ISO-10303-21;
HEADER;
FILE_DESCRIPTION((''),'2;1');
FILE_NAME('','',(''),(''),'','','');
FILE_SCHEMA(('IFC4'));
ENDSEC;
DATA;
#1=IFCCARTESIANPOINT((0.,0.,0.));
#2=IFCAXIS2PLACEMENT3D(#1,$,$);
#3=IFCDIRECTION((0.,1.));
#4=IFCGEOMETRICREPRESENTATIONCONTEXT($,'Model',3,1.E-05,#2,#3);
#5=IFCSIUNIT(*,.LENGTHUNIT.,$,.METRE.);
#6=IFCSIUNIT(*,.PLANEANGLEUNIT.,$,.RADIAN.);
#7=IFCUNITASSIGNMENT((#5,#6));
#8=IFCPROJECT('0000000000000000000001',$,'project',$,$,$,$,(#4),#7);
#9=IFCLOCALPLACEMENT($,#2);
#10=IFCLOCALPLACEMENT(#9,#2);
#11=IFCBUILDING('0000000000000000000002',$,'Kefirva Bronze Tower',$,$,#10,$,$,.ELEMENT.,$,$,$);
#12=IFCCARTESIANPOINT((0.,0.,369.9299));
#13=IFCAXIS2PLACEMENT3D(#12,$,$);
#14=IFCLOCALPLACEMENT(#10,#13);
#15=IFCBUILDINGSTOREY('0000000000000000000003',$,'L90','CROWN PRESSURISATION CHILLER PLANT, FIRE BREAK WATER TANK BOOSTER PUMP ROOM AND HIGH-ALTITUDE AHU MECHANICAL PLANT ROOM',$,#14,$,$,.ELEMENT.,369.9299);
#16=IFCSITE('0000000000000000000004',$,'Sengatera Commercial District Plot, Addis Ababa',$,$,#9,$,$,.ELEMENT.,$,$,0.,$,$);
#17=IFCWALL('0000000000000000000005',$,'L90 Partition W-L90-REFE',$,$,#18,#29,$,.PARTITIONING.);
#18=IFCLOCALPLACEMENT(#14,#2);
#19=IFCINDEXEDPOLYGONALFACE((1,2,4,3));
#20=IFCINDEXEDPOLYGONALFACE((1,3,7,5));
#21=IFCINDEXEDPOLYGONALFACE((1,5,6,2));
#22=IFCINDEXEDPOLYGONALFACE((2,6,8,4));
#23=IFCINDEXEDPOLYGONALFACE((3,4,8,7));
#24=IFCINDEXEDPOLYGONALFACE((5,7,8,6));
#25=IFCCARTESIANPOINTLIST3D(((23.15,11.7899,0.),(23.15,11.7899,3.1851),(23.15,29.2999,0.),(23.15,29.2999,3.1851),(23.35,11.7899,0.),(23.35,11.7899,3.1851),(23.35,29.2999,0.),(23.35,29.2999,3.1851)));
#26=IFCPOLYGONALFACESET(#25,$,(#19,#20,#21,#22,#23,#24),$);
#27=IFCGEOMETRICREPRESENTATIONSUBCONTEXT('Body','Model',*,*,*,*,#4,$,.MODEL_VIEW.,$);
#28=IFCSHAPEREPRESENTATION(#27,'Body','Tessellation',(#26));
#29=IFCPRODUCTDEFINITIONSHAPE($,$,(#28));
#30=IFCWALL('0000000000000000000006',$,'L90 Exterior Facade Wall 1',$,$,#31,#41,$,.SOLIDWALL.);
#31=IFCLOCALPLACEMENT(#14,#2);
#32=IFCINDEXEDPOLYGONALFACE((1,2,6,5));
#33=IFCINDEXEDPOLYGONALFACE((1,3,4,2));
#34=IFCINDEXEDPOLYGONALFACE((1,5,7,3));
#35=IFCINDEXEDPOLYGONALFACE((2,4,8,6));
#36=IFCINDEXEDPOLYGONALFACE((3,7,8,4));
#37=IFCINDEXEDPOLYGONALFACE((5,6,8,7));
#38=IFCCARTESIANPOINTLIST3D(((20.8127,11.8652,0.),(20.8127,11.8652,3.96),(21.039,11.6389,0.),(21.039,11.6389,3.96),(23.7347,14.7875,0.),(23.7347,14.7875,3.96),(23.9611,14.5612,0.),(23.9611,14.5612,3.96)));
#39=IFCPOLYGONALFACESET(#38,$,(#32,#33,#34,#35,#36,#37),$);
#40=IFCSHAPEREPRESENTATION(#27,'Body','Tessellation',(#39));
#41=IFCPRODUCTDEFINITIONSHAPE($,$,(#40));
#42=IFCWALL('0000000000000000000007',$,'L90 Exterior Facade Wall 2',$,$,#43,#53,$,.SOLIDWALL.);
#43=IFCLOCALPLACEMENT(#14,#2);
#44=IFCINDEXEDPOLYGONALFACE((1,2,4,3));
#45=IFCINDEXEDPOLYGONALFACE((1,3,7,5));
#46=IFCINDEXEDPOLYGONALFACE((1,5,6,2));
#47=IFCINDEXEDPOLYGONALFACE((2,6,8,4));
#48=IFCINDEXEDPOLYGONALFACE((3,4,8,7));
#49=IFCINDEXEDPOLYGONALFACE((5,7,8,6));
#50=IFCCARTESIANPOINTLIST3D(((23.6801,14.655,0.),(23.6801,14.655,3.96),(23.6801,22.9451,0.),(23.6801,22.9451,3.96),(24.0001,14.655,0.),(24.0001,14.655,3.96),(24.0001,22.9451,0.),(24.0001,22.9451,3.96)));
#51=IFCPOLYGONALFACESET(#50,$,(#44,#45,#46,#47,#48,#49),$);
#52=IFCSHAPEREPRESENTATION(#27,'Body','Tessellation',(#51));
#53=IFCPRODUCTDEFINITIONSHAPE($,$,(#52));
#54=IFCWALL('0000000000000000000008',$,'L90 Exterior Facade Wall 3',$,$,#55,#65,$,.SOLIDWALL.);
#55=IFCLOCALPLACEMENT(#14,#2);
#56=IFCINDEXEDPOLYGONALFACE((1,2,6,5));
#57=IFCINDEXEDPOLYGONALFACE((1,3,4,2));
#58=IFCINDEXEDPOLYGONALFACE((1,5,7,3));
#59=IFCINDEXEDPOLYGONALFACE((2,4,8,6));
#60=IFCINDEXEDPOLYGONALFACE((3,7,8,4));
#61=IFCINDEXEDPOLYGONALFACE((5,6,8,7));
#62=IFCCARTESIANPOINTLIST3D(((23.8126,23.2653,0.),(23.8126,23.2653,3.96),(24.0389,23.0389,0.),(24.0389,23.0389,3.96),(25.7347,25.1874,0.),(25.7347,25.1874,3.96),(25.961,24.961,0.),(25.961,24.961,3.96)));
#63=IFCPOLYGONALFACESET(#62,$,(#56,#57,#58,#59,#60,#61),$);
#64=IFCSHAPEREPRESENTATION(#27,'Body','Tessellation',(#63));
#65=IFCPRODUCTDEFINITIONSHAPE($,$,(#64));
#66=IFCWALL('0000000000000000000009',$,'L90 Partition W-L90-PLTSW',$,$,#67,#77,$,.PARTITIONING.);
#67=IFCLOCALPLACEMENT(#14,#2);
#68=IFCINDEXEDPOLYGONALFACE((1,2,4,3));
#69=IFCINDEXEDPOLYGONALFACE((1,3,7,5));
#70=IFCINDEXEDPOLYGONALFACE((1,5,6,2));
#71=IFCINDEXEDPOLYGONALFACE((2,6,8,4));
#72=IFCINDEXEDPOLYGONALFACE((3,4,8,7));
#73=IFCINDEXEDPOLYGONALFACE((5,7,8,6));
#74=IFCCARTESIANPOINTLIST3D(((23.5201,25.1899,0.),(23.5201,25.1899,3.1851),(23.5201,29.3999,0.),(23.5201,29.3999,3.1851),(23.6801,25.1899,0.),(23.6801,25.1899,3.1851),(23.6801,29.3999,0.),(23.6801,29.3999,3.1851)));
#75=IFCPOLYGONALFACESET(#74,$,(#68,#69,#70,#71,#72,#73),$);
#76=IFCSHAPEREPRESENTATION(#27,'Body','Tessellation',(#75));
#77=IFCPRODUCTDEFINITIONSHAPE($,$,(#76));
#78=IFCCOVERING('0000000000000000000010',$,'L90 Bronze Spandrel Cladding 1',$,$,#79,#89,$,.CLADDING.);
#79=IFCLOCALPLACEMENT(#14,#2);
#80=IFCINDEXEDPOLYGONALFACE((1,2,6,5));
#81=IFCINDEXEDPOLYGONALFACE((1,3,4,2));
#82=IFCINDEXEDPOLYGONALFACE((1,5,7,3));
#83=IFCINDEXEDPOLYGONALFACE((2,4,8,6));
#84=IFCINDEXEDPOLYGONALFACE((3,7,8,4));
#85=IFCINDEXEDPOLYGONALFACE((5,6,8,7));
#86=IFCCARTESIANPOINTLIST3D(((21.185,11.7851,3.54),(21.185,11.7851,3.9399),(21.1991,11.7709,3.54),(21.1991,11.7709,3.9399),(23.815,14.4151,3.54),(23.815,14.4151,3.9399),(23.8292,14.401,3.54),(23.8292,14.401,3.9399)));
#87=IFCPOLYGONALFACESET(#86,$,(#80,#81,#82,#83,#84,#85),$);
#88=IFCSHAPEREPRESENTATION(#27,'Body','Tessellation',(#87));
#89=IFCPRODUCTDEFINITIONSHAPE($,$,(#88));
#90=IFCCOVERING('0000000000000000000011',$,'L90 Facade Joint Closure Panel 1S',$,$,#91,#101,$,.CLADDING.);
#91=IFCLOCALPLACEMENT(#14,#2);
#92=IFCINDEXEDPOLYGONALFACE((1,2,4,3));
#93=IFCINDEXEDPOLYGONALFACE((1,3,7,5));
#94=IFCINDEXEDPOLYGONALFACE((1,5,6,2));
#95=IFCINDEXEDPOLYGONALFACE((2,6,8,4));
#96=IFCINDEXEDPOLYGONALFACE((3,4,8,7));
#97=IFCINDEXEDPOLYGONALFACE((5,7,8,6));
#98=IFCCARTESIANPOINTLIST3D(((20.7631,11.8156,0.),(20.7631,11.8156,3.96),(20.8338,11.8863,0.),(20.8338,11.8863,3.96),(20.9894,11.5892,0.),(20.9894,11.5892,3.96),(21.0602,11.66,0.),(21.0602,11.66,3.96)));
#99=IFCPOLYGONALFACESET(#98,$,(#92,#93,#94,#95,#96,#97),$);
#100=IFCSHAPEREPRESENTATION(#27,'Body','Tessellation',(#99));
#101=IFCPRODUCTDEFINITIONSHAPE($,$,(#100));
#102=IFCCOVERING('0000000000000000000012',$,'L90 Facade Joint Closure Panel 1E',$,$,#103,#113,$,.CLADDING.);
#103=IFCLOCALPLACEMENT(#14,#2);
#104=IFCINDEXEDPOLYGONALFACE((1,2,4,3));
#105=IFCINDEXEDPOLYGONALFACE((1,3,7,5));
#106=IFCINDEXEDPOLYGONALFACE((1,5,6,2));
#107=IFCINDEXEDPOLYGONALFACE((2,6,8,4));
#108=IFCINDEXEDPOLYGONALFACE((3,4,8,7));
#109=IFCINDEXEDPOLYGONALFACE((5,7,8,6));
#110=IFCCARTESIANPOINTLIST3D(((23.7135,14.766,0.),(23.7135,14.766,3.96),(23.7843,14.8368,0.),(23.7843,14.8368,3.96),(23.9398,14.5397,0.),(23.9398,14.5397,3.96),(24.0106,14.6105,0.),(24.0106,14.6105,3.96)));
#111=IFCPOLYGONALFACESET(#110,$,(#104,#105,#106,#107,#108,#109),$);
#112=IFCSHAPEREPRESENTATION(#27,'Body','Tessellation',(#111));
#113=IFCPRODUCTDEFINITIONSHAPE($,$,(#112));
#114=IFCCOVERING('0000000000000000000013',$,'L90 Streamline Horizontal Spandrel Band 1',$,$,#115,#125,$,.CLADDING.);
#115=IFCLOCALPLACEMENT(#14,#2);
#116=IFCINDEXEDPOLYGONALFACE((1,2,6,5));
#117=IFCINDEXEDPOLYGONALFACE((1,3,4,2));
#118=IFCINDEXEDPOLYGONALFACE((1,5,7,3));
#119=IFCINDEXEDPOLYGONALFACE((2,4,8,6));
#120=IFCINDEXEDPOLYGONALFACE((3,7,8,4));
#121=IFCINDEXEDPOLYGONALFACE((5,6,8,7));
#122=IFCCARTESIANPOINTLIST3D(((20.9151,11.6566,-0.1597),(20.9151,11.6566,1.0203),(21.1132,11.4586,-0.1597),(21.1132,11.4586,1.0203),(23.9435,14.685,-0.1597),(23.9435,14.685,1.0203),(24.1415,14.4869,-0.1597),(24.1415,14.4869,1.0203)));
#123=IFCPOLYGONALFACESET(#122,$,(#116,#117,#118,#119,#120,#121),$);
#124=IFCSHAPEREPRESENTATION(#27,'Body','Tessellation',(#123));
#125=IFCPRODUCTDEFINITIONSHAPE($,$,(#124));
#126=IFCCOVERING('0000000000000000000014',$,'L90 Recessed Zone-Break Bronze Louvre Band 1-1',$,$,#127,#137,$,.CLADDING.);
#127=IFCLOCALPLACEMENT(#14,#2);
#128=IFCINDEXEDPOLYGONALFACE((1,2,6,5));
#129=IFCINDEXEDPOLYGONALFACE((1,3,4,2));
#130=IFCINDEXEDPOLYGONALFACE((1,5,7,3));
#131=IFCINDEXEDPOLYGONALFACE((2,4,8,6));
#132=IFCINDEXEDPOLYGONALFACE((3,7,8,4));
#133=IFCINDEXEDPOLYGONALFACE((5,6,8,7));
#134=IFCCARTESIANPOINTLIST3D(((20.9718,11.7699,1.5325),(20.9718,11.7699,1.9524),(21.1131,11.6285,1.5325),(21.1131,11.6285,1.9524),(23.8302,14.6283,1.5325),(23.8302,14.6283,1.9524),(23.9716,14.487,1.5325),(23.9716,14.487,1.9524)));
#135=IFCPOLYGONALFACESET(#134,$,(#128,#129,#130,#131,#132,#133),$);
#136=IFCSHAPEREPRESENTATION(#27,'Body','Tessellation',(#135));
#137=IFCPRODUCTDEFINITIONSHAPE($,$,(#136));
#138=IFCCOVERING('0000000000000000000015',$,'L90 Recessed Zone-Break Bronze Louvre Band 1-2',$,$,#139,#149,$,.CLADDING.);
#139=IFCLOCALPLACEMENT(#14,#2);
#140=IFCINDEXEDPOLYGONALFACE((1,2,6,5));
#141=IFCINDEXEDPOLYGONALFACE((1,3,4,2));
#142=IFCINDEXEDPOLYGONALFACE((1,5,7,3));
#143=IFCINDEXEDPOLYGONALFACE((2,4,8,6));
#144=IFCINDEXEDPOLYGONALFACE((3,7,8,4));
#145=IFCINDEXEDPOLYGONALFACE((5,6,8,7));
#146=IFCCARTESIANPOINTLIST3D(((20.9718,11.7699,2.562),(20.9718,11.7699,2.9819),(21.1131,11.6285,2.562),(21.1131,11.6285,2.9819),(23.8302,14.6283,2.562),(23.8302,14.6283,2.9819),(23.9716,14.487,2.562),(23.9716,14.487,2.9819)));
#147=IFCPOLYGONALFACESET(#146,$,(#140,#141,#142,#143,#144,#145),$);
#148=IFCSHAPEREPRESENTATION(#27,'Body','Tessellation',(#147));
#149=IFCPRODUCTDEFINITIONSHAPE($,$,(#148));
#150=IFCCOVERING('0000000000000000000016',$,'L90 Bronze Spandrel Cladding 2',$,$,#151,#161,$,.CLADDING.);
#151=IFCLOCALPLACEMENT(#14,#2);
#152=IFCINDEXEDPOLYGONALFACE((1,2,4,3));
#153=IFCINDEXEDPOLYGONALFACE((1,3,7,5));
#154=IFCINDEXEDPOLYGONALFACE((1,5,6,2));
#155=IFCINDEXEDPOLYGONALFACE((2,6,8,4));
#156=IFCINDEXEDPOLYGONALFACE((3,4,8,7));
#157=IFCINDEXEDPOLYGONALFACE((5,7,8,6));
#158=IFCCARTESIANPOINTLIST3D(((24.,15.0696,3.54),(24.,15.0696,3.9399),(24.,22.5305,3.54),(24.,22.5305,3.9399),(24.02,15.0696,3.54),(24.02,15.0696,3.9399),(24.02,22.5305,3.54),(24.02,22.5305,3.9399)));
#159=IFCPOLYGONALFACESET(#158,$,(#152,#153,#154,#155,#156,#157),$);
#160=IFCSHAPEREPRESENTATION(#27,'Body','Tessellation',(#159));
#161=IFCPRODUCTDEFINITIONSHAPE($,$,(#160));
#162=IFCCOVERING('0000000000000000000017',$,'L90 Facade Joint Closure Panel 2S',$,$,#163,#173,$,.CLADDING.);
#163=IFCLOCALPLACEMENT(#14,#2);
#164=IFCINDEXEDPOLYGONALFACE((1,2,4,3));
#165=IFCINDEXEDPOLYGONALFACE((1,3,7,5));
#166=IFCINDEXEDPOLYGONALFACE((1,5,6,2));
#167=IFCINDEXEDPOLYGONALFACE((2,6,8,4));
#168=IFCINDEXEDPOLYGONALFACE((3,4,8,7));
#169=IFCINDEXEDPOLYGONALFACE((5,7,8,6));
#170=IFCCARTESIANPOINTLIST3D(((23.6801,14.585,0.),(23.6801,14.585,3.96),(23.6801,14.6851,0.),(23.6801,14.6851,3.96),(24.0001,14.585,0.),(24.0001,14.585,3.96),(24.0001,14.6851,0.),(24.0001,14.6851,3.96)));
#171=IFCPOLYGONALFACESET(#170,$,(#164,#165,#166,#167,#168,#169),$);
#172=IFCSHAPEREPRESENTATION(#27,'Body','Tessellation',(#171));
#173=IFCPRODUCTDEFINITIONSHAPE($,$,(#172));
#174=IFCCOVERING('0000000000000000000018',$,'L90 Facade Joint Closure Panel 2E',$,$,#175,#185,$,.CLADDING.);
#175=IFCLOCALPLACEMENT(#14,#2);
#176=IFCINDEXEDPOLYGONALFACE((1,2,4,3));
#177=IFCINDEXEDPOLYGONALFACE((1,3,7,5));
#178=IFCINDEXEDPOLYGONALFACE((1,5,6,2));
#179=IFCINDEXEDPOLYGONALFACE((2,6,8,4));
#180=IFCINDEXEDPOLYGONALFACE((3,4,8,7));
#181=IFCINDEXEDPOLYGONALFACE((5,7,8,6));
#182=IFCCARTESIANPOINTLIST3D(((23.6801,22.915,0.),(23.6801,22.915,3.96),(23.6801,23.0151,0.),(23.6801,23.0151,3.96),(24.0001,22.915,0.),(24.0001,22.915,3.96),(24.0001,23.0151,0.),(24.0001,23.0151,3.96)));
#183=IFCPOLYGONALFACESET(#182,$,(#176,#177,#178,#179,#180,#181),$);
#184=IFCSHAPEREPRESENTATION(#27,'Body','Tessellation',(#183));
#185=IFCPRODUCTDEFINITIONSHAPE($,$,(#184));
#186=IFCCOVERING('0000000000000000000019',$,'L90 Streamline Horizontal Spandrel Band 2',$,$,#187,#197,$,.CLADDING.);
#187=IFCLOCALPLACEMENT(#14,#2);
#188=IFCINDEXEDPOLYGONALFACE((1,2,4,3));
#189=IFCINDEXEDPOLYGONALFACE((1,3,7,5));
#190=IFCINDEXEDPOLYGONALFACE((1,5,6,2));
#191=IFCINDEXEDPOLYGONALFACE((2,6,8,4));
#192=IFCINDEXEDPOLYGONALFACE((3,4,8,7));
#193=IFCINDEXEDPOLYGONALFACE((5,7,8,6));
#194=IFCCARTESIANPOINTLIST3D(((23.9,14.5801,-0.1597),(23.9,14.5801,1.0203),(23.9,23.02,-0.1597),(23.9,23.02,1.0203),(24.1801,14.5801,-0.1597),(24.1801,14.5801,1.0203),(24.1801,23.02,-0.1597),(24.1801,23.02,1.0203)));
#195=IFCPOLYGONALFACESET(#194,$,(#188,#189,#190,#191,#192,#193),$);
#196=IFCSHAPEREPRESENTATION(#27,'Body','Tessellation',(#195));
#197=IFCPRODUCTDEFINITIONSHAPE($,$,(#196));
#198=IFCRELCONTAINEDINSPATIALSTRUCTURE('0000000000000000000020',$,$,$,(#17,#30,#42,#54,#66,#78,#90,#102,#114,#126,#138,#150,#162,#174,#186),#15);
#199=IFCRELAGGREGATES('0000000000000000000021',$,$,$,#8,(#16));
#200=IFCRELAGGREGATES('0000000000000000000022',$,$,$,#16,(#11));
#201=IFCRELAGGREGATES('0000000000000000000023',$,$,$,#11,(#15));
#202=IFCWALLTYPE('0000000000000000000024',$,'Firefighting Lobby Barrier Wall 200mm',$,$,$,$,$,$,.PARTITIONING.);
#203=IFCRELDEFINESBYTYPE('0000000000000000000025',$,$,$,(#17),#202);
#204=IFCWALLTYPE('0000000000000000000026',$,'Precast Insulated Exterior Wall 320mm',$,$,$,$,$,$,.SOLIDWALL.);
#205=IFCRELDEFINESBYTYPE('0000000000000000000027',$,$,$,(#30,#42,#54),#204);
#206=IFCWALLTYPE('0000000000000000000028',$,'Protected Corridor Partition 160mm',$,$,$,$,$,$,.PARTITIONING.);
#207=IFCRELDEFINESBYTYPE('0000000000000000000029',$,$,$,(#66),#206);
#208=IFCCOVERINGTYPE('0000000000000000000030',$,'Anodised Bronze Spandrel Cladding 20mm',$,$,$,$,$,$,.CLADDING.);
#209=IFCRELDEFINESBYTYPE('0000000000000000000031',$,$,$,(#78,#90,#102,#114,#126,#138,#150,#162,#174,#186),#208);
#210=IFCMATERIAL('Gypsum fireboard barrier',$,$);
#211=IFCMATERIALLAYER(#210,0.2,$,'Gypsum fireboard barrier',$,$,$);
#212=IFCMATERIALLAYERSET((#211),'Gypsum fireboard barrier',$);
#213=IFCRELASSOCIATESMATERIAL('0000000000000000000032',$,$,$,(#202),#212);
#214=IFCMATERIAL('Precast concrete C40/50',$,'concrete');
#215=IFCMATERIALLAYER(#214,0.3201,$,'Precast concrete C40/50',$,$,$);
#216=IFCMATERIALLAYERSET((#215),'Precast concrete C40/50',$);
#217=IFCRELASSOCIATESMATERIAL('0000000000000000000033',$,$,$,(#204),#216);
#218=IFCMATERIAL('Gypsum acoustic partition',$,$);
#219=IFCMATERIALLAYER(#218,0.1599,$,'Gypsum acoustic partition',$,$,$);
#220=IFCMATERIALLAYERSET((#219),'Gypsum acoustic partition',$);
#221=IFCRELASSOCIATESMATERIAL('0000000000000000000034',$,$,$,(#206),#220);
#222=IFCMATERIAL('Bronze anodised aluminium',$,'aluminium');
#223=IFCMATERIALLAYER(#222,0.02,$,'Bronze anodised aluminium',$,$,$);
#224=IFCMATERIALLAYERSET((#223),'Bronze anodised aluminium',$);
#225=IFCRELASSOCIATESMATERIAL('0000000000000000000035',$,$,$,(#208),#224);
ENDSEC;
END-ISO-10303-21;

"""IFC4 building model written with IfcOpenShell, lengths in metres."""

from ifc_helpers import new_model, si_unit, direction, frame, frame_2d, origin, origin_2d, place, context, subcontext, project, spatial, rectangle, extrude, material, layer, layer_set, type_object, element, save


model = new_model("IFC4")

# Units and contexts
model_context = context("Model", 3, precision=1e-05, world=origin(), true_north=direction((0.0, 1.0)))
body_context = subcontext(model_context, "Body", "Model", "MODEL_VIEW")
ifc_project = project(units=[si_unit("LENGTHUNIT", "METRE"), si_unit("PLANEANGLEUNIT", "RADIAN")], contexts=[model_context])

# Site, building, storey
site_placement = place(None, origin())
site = spatial("IfcSite", under=ifc_project, at=site_placement, Name="Sengatera Commercial District Plot, Addis Ababa", CompositionType="ELEMENT", RefElevation=0.0)
building_placement = place(site_placement, origin())
building = spatial("IfcBuilding", under=site, at=building_placement, Name="Kefirva Bronze Tower", CompositionType="ELEMENT")
storey_placement = place(building_placement, frame((0.0, 0.0, 369.9299)))
storey = spatial("IfcBuildingStorey", under=building, at=storey_placement, Name="L90", Description="CROWN PRESSURISATION CHILLER PLANT, FIRE BREAK WATER TANK BOOSTER PUMP ROOM AND HIGH-ALTITUDE AHU MECHANICAL PLANT ROOM", CompositionType="ELEMENT", Elevation=369.9299)

# Shared definitions
ifc_material_1 = material(Name="Bronze anodised aluminium", Category="aluminium")

# Walls
ifc_material_2 = material(Name="Gypsum fireboard barrier")
ifc_layer_1 = layer(ifc_material_2, 0.2, Name="Gypsum fireboard barrier")
ifc_layer_set_1 = layer_set([ifc_layer_1], Name="Gypsum fireboard barrier")
wall_type_1 = type_object("IfcWallType", Name="Firefighting Lobby Barrier Wall 200mm", PredefinedType="PARTITIONING", material=ifc_layer_set_1)
wall_1_placement = place(storey_placement, frame((23.25, 11.79, 0.0), z_axis=(0.0, 0.0, 1.0), x_axis=(0.0, 1.0, 0.0)))
element("IfcWall", 1, at=wall_1_placement, inside=storey, type_object=wall_type_1, Name="L90 Partition W-L90-REFE", PredefinedType="PARTITIONING", context=body_context, shape_type="SweptSolid", body=[
    extrude(rectangle(XDim=17.51, YDim=0.2, at=frame_2d((8.7549, 0.0))), origin(), (0.0, 0.0, 1.0), 3.1851),
])
ifc_material_3 = material(Name="Precast concrete C40/50", Category="concrete")
ifc_layer_2 = layer(ifc_material_3, 0.3201, Name="Precast concrete C40/50")
ifc_layer_set_2 = layer_set([ifc_layer_2], Name="Precast concrete C40/50")
wall_type_2 = type_object("IfcWallType", Name="Precast Insulated Exterior Wall 320mm", PredefinedType="SOLIDWALL", material=ifc_layer_set_2)
wall_2_placement = place(storey_placement, frame((20.9258, 11.752, 0.0), z_axis=(0.0, 0.0, 1.0), x_axis=(0.707077, 0.707136, 0.0)))
element("IfcWall", 2, at=wall_2_placement, inside=storey, type_object=wall_type_2, Name="L90 Exterior Facade Wall 1", PredefinedType="SOLIDWALL", context=body_context, shape_type="SweptSolid", body=[
    extrude(rectangle(XDim=4.1326, YDim=0.3201, at=frame_2d((2.0664, 0.0))), origin(), (0.0, 0.0, 1.0), 3.96),
])
wall_3_placement = place(storey_placement, frame((23.8401, 14.655, 0.0), z_axis=(0.0, 0.0, 1.0), x_axis=(0.0, 1.0, 0.0)))
element("IfcWall", 3, at=wall_3_placement, inside=storey, type_object=wall_type_2, Name="L90 Exterior Facade Wall 2", PredefinedType="SOLIDWALL", context=body_context, shape_type="SweptSolid", body=[
    extrude(rectangle(XDim=8.29, YDim=0.3201, at=frame_2d((4.145, 0.0))), origin(), (0.0, 0.0, 1.0), 3.96),
])
wall_4_placement = place(storey_placement, frame((23.9258, 23.1521, 0.0), z_axis=(0.0, 0.0, 1.0), x_axis=(0.707107, 0.707107, 0.0)))
element("IfcWall", 4, at=wall_4_placement, inside=storey, type_object=wall_type_2, Name="L90 Exterior Facade Wall 3", PredefinedType="SOLIDWALL", context=body_context, shape_type="SweptSolid", body=[
    extrude(rectangle(XDim=2.7183, YDim=0.3201, at=frame_2d((1.3591, 0.0))), origin(), (0.0, 0.0, 1.0), 3.96),
])
ifc_material_4 = material(Name="Gypsum acoustic partition")
ifc_layer_3 = layer(ifc_material_4, 0.1599, Name="Gypsum acoustic partition")
ifc_layer_set_3 = layer_set([ifc_layer_3], Name="Gypsum acoustic partition")
wall_type_3 = type_object("IfcWallType", Name="Protected Corridor Partition 160mm", PredefinedType="PARTITIONING", material=ifc_layer_set_3)
wall_5_placement = place(storey_placement, frame((23.6001, 25.1899, 0.0), z_axis=(0.0, 0.0, 1.0), x_axis=(0.0, 1.0, 0.0)))
element("IfcWall", 5, at=wall_5_placement, inside=storey, type_object=wall_type_3, Name="L90 Partition W-L90-PLTSW", PredefinedType="PARTITIONING", context=body_context, shape_type="SweptSolid", body=[
    extrude(rectangle(XDim=4.21, YDim=0.1599, at=frame_2d((2.105, 0.0))), origin(), (0.0, 0.0, 1.0), 3.1851),
])

# Coverings
ifc_layer_4 = layer(ifc_material_1, 0.02, Name="Bronze anodised aluminium")
ifc_layer_set_4 = layer_set([ifc_layer_4], Name="Bronze anodised aluminium")
covering_type_1 = type_object("IfcCoveringType", Name="Anodised Bronze Spandrel Cladding 20mm", PredefinedType="CLADDING", material=ifc_layer_set_4)
covering_1_placement = place(storey_placement, frame((22.5071, 13.093, 3.54), z_axis=(0.0, 0.0, 1.0), x_axis=(0.707107, 0.707107, 0.0)))
element("IfcCovering", 6, at=covering_1_placement, inside=storey, type_object=covering_type_1, Name="L90 Bronze Spandrel Cladding 1", PredefinedType="CLADDING", context=body_context, shape_type="SweptSolid", body=[
    extrude(rectangle(XDim=3.7195, YDim=0.02, at=origin_2d()), origin(), (0.0, 0.0, 1.0), 0.3999),
])
for number, where, z_axis, x_axis, name in (
    (7, (20.9116, 11.7378, 0.0), (0.0, 0.0, 1.0), (0.707107, 0.707107, 0.0), "L90 Facade Joint Closure Panel 1S"),
    (8, (23.8621, 14.6882, 0.0), (0.0, 0.0, 1.0), (0.707107, 0.707107, 0.0), "L90 Facade Joint Closure Panel 1E"),
):
    element("IfcCovering", number, at=place(storey_placement, frame(where, z_axis=z_axis, x_axis=x_axis)), inside=storey, type_object=covering_type_1, Name=name, PredefinedType="CLADDING", context=body_context, shape_type="SweptSolid", body=[
        extrude(rectangle(XDim=0.1001, YDim=0.3201, at=origin_2d()), origin(), (0.0, 0.0, 1.0), 3.96),
    ])
covering_2_placement = place(storey_placement, frame((22.5283, 13.0718, -0.1597), z_axis=(0.0, 0.0, 1.0), x_axis=(0.707107, 0.707107, 0.0)))
element("IfcCovering", 9, at=covering_2_placement, inside=storey, type_object=covering_type_1, Name="L90 Streamline Horizontal Spandrel Band 1", PredefinedType="CLADDING", context=body_context, shape_type="SweptSolid", body=[
    extrude(rectangle(XDim=4.2827, YDim=0.28, at=origin_2d()), origin(), (0.0, 0.0, 1.0), 1.1799),
])
for number, where, z_axis, x_axis, name in (
    (10, (22.4717, 13.1284, 1.5325), (0.0, 0.0, 1.0), (0.707107, 0.707107, 0.0), "L90 Recessed Zone-Break Bronze Louvre Band 1-1"),
    (11, (22.4717, 13.1284, 2.562), (0.0, 0.0, 1.0), (0.707107, 0.707107, 0.0), "L90 Recessed Zone-Break Bronze Louvre Band 1-2"),
):
    element("IfcCovering", number, at=place(storey_placement, frame(where, z_axis=z_axis, x_axis=x_axis)), inside=storey, type_object=covering_type_1, Name=name, PredefinedType="CLADDING", context=body_context, shape_type="SweptSolid", body=[
        extrude(rectangle(XDim=4.0425, YDim=0.2, at=origin_2d()), origin(), (0.0, 0.0, 1.0), 0.4199),
    ])
covering_3_placement = place(storey_placement, frame((24.01, 18.8, 3.54), z_axis=(0.0, 0.0, 1.0), x_axis=(0.0, 1.0, 0.0)))
element("IfcCovering", 12, at=covering_3_placement, inside=storey, type_object=covering_type_1, Name="L90 Bronze Spandrel Cladding 2", PredefinedType="CLADDING", context=body_context, shape_type="SweptSolid", body=[
    extrude(rectangle(XDim=7.4609, YDim=0.02, at=origin_2d()), origin(), (0.0, 0.0, 1.0), 0.3999),
])
for number, where, z_axis, x_axis, name in (
    (13, (23.8401, 14.635, 0.0), (0.0, 0.0, 1.0), (0.0, 1.0, 0.0), "L90 Facade Joint Closure Panel 2S"),
    (14, (23.8401, 22.9651, 0.0), (0.0, 0.0, 1.0), (0.0, 1.0, 0.0), "L90 Facade Joint Closure Panel 2E"),
):
    element("IfcCovering", number, at=place(storey_placement, frame(where, z_axis=z_axis, x_axis=x_axis)), inside=storey, type_object=covering_type_1, Name=name, PredefinedType="CLADDING", context=body_context, shape_type="SweptSolid", body=[
        extrude(rectangle(XDim=0.1001, YDim=0.3201, at=origin_2d()), origin(), (0.0, 0.0, 1.0), 3.96),
    ])
covering_4_placement = place(storey_placement, frame((24.04, 18.8, -0.1597), z_axis=(0.0, 0.0, 1.0), x_axis=(0.0, 1.0, 0.0)))
element("IfcCovering", 15, at=covering_4_placement, inside=storey, type_object=covering_type_1, Name="L90 Streamline Horizontal Spandrel Band 2", PredefinedType="CLADDING", context=body_context, shape_type="SweptSolid", body=[
    extrude(rectangle(XDim=8.4399, YDim=0.28, at=origin_2d()), origin(), (0.0, 0.0, 1.0), 1.1799),
])

save(model, "model.ifc")
